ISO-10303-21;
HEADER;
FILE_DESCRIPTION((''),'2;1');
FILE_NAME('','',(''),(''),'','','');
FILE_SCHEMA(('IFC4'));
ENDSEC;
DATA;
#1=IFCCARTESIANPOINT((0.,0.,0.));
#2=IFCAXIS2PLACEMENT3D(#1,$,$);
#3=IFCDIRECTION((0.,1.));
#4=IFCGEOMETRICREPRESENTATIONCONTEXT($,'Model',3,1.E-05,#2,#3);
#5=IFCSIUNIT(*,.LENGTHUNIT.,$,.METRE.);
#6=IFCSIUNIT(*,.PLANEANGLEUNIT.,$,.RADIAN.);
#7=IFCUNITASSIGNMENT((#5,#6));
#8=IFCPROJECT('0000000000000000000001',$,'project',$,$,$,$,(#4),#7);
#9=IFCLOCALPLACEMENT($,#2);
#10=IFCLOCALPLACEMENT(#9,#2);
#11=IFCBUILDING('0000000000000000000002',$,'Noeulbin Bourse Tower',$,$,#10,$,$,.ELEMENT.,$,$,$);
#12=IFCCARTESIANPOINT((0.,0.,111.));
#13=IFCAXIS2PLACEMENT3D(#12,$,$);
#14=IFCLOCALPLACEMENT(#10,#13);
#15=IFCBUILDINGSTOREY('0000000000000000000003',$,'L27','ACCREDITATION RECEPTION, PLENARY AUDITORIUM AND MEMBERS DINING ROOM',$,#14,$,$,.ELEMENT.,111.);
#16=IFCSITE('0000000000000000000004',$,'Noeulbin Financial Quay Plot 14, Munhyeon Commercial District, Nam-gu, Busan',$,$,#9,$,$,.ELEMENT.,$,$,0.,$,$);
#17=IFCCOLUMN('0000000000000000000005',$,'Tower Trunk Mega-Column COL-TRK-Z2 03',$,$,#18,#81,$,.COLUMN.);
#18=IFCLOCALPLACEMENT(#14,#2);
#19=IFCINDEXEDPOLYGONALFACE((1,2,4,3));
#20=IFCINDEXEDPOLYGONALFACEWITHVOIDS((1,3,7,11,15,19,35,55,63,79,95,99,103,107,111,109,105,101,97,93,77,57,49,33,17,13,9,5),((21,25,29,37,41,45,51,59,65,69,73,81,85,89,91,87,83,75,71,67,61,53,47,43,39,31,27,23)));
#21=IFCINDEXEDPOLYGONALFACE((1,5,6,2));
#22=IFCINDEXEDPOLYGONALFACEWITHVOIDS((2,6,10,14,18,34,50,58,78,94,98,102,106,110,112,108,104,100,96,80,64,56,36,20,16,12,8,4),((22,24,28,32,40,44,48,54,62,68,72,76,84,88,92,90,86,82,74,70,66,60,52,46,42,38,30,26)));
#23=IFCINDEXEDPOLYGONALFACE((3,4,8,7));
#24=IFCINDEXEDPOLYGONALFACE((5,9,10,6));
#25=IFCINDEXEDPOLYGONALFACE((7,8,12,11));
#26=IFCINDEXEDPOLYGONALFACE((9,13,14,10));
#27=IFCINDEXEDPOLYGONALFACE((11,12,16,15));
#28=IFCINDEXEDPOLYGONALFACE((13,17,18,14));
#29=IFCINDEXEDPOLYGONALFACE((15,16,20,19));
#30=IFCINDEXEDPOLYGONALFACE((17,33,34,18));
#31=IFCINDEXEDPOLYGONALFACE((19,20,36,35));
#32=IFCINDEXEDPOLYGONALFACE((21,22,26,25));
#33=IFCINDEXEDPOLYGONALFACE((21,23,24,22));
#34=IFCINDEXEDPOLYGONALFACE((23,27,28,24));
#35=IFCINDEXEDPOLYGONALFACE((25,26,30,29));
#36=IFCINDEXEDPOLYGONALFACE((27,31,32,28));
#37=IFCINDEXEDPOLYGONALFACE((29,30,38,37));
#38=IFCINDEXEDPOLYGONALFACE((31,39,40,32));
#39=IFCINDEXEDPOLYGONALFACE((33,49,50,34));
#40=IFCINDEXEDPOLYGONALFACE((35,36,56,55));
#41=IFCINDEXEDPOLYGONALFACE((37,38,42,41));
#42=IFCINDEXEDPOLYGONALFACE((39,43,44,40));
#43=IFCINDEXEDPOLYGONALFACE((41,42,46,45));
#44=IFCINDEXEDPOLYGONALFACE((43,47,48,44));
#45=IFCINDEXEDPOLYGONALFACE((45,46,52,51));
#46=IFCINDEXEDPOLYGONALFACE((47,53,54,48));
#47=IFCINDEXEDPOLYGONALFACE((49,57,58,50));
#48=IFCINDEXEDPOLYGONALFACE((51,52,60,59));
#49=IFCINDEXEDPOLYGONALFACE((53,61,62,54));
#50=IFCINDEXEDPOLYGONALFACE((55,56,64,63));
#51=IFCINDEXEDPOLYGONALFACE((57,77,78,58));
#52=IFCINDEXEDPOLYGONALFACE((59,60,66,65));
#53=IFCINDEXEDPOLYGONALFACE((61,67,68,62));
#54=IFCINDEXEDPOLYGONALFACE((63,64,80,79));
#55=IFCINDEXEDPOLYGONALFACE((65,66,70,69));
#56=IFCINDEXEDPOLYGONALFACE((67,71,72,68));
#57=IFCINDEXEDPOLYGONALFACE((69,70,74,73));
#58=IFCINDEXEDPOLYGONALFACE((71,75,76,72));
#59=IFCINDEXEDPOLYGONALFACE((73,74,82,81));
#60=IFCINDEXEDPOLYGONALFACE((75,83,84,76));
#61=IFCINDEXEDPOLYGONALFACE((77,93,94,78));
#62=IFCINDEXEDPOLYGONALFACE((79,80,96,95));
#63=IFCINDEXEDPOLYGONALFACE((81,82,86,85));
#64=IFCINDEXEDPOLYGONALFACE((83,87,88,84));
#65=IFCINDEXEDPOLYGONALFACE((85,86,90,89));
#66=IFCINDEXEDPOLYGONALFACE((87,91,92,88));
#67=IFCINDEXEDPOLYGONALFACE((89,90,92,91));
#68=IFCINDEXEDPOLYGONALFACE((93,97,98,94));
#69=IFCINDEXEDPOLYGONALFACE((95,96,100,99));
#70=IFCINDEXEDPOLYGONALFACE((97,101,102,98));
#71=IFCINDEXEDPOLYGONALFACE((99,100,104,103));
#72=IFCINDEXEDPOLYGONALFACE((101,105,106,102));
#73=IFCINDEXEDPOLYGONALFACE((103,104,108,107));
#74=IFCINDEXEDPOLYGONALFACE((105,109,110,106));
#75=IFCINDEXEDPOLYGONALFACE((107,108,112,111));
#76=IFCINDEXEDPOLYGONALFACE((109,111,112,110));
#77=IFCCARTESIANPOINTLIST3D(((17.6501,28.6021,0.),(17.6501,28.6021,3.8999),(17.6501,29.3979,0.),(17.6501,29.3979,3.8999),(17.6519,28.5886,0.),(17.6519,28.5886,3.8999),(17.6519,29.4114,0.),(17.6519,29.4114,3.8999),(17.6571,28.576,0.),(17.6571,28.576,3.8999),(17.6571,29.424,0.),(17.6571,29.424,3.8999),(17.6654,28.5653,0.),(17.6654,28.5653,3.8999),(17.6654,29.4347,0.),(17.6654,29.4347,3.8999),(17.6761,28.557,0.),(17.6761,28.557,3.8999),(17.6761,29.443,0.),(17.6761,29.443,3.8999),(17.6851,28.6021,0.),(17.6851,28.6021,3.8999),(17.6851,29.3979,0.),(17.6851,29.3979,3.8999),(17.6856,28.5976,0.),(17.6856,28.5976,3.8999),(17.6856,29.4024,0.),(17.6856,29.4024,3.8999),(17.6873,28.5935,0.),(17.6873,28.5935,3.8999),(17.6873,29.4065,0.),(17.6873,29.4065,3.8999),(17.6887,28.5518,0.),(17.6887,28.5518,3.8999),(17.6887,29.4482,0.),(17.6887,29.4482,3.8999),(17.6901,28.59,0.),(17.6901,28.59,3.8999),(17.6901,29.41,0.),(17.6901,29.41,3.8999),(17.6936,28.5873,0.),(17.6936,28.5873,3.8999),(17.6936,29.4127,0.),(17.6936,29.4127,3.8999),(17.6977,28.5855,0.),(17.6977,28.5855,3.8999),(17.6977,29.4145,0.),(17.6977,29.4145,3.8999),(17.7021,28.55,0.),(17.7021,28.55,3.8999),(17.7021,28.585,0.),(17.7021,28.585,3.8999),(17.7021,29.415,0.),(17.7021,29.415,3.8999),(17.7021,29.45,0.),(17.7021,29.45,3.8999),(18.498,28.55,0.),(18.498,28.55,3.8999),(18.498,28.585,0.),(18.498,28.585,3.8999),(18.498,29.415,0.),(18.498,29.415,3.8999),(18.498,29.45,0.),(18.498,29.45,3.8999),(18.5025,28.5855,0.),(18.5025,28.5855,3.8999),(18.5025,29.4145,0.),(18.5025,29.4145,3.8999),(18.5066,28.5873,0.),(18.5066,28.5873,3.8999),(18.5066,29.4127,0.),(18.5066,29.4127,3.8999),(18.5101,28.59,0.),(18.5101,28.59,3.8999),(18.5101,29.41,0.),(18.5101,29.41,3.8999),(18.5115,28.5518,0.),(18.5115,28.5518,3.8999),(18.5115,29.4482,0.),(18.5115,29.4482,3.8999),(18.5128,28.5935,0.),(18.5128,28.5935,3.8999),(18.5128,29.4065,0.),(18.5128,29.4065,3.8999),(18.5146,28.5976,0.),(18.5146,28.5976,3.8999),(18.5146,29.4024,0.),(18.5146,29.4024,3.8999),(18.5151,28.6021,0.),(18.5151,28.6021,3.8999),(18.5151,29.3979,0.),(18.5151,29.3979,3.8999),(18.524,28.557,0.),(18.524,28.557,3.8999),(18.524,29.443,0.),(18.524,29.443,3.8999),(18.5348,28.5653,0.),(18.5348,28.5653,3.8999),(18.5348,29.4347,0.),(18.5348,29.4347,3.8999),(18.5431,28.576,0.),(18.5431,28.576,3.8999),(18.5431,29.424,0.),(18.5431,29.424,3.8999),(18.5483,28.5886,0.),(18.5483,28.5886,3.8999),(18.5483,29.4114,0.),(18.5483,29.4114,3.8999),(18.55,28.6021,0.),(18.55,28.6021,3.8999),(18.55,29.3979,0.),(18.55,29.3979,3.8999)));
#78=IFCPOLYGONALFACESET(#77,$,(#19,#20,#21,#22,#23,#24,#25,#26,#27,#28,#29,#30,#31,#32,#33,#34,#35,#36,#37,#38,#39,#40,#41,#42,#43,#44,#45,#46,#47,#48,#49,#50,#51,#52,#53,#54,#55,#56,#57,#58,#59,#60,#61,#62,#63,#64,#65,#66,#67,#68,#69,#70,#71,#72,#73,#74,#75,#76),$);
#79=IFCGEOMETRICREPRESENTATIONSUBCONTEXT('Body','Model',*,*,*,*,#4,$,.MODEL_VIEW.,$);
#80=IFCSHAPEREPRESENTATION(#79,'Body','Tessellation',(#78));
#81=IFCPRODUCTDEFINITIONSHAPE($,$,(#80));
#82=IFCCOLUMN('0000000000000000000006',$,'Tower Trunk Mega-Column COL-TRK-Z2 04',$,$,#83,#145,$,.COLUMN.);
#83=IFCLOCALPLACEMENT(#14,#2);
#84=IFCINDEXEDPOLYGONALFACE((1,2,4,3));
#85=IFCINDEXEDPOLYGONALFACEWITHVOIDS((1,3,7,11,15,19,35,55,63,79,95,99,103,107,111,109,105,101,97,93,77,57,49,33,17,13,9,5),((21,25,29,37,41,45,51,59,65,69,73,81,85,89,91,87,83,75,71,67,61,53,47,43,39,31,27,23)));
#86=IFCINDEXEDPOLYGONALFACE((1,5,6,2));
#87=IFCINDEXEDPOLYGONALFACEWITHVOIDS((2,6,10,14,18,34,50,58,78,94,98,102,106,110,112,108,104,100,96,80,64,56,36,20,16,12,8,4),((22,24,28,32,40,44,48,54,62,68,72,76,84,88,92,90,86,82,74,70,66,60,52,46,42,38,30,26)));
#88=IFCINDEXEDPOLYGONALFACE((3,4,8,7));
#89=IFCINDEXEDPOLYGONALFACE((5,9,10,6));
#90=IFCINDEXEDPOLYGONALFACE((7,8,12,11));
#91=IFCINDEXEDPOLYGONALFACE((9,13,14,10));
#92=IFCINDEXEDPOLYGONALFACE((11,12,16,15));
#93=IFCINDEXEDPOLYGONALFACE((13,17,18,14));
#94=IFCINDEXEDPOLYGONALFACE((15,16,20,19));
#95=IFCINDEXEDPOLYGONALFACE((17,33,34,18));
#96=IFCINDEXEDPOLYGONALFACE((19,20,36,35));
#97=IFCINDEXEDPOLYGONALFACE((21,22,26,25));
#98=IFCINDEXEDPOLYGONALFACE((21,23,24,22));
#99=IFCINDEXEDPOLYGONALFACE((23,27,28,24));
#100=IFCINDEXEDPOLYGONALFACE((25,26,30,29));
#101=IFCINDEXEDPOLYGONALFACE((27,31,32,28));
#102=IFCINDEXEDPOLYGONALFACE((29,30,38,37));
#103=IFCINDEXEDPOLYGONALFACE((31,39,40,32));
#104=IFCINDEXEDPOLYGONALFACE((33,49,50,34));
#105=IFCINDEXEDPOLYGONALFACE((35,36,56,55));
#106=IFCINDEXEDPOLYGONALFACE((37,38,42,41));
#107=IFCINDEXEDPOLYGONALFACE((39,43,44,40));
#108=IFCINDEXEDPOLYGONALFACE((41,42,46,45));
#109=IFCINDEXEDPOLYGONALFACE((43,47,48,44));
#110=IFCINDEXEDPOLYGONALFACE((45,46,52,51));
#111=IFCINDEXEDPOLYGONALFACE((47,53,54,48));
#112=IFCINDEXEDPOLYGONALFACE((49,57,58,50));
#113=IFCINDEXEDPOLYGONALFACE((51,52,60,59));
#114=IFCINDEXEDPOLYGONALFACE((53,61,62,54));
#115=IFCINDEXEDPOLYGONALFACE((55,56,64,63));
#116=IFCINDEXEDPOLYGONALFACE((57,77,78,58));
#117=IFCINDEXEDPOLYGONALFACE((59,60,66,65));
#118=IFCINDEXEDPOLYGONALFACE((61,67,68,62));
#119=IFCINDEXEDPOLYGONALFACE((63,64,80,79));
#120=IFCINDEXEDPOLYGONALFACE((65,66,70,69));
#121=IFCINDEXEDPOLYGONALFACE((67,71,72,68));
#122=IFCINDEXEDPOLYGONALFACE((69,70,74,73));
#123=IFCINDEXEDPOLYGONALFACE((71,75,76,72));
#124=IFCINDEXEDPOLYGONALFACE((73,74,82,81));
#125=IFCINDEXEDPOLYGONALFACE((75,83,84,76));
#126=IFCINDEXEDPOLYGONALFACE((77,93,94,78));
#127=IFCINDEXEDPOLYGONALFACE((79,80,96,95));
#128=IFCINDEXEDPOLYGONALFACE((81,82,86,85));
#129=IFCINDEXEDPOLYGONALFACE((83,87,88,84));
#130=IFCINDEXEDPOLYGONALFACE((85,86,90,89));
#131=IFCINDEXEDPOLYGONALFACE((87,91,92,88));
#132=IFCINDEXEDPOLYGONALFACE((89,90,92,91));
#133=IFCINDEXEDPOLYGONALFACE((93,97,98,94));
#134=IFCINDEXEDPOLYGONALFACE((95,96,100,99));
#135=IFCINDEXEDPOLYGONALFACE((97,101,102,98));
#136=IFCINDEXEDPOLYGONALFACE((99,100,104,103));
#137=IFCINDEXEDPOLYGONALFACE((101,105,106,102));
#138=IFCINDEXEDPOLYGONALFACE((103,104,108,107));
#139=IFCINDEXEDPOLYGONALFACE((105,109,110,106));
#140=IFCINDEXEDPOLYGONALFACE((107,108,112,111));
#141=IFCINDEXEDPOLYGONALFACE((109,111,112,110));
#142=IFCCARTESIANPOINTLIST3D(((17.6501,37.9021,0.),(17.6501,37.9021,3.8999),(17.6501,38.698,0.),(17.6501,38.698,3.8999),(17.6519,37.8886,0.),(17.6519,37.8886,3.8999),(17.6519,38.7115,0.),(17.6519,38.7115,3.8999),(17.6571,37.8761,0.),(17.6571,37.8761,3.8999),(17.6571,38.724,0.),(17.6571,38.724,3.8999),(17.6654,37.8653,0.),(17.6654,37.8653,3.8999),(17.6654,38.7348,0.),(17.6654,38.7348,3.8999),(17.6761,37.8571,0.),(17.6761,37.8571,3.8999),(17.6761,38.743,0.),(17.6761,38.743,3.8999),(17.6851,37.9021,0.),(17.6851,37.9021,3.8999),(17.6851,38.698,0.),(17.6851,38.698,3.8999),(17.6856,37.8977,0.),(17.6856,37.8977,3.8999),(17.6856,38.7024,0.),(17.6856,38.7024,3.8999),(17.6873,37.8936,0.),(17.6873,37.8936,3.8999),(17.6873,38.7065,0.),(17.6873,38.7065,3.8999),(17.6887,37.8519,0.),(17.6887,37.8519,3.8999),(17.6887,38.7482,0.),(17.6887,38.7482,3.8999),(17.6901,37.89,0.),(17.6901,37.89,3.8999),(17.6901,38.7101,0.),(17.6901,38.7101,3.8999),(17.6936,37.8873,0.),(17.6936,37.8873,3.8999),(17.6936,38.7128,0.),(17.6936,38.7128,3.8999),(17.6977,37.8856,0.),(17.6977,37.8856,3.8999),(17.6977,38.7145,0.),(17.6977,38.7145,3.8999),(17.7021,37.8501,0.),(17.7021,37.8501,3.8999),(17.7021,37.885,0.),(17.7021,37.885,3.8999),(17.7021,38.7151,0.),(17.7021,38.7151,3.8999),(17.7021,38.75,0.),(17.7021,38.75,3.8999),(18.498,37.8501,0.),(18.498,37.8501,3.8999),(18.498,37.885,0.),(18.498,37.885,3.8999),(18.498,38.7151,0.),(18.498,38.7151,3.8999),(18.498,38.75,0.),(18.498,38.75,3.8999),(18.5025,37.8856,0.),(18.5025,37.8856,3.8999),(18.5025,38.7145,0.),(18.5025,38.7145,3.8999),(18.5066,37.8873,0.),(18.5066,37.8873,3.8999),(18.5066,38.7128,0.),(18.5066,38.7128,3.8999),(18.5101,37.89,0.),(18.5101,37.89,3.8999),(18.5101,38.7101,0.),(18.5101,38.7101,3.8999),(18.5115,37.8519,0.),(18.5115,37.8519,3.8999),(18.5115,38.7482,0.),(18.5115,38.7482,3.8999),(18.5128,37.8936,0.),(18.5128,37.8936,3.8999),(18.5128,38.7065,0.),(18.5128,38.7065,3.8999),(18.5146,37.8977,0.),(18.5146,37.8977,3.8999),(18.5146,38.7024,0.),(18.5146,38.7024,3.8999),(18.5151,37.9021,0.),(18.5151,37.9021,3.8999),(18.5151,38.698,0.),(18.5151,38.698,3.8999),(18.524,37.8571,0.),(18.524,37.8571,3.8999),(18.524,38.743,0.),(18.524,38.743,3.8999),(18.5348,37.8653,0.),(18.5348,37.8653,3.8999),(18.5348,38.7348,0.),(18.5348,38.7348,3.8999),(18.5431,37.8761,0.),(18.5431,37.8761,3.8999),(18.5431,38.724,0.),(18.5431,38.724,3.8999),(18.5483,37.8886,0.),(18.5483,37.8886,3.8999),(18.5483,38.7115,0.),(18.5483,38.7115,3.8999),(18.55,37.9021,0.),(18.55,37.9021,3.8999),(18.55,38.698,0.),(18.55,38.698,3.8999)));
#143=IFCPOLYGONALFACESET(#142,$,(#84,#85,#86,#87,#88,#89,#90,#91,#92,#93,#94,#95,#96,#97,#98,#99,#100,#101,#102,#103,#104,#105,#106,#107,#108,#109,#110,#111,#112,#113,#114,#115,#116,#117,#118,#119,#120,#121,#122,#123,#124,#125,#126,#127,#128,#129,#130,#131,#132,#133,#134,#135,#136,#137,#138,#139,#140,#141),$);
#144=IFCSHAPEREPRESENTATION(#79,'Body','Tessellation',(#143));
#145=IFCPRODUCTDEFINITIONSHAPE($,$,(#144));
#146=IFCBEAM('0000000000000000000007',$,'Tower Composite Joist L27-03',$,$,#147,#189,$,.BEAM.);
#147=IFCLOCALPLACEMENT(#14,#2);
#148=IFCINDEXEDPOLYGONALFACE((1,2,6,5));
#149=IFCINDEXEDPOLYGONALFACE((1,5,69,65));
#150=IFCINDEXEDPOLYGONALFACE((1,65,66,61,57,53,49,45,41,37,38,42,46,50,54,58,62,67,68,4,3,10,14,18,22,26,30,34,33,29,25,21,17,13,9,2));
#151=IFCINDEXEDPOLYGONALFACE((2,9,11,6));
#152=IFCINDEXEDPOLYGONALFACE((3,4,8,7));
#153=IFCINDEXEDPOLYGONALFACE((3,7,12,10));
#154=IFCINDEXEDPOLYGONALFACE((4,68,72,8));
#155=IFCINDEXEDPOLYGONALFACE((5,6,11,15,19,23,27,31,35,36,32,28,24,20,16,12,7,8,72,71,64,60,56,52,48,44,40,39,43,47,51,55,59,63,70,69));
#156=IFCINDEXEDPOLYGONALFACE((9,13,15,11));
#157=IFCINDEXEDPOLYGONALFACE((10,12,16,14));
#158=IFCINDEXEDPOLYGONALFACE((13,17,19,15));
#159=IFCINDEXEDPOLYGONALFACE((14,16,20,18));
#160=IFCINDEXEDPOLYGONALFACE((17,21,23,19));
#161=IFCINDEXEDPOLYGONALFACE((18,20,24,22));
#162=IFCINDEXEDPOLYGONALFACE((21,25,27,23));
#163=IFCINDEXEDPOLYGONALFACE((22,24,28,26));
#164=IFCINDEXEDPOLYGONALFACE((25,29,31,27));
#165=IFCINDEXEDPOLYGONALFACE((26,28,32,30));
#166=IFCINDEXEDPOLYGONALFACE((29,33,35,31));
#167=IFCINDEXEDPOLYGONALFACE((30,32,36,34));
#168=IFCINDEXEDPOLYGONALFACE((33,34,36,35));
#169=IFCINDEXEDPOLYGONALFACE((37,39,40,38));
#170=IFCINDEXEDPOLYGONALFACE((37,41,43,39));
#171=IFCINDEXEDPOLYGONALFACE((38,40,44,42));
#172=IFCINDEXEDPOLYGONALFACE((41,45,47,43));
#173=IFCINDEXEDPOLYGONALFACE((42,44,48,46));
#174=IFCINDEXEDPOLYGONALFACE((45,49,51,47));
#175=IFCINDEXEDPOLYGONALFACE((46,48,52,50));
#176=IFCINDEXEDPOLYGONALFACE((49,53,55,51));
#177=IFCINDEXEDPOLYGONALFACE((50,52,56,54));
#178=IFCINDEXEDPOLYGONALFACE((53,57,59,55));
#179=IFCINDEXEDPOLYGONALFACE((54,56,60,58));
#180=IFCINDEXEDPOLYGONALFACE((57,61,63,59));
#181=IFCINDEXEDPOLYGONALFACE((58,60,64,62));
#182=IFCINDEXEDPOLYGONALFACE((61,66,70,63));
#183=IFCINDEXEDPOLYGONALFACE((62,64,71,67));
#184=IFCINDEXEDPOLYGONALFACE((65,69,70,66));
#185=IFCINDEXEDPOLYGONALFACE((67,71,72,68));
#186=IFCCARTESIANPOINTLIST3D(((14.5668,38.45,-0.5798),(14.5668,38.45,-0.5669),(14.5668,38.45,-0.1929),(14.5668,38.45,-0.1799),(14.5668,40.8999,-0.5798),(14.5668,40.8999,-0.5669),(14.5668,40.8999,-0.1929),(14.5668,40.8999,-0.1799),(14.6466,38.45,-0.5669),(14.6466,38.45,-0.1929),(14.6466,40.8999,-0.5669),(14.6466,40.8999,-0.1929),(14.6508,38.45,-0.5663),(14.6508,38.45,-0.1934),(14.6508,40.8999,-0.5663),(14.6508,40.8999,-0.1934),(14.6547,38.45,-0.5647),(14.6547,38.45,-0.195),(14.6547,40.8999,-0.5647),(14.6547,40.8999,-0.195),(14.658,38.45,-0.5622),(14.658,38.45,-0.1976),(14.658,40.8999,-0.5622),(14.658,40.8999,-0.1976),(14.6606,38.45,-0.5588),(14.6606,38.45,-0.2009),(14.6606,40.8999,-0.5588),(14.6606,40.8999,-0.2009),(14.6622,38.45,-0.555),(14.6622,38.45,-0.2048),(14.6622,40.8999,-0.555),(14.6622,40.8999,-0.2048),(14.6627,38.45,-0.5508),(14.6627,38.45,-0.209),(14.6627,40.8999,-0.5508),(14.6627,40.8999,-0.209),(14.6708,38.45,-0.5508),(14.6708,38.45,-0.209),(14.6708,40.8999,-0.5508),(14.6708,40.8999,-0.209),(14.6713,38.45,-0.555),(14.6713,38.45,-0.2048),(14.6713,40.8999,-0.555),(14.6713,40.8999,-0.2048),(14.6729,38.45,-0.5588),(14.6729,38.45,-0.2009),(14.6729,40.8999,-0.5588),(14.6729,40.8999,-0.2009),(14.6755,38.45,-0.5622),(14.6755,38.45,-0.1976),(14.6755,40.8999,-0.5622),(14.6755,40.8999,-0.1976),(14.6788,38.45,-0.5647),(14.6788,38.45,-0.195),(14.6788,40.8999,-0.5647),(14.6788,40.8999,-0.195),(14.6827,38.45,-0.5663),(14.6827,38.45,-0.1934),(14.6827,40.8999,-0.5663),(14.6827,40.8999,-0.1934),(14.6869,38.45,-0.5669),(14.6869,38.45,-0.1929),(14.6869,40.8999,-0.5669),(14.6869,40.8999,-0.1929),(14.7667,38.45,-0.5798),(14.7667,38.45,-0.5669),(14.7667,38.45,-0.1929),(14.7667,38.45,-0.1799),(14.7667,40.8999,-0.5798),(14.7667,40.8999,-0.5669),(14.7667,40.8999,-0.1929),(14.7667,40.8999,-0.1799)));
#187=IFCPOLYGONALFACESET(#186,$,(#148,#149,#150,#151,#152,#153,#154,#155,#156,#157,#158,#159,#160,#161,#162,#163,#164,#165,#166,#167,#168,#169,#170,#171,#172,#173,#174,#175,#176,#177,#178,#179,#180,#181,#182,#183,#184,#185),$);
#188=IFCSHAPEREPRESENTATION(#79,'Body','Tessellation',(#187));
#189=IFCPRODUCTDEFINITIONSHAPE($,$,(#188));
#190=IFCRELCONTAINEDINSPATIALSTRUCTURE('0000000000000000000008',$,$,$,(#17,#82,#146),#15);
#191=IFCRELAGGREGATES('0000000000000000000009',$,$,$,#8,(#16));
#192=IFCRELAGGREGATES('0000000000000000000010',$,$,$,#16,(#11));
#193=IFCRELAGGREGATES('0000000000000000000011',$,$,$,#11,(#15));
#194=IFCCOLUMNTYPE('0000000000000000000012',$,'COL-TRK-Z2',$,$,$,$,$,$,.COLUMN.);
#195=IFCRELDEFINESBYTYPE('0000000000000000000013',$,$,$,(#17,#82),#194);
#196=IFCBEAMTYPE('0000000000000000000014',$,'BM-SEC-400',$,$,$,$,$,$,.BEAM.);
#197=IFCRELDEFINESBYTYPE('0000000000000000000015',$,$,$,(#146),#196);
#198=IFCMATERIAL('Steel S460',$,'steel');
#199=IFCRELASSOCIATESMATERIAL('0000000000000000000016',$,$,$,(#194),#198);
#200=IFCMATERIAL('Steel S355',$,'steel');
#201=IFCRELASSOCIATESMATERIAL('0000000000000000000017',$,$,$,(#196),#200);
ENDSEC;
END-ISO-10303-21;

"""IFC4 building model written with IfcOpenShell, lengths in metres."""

from ifc_helpers import new_model, si_unit, direction, frame, origin, origin_2d, place, context, subcontext, project, spatial, hollow_rectangle, i_section, extrude, material, material_profile, profile_set, type_object, element, save


model = new_model("IFC4")

# Units and contexts
model_context = context("Model", 3, precision=1e-05, world=origin(), true_north=direction((0.0, 1.0)))
body_context = subcontext(model_context, "Body", "Model", "MODEL_VIEW")
ifc_project = project(units=[si_unit("LENGTHUNIT", "METRE"), si_unit("PLANEANGLEUNIT", "RADIAN")], contexts=[model_context])

# Site, building, storey
site_placement = place(None, origin())
site = spatial("IfcSite", under=ifc_project, at=site_placement, Name="Noeulbin Financial Quay Plot 14, Munhyeon Commercial District, Nam-gu, Busan", CompositionType="ELEMENT", RefElevation=0.0)
building_placement = place(site_placement, origin())
building = spatial("IfcBuilding", under=site, at=building_placement, Name="Noeulbin Bourse Tower", CompositionType="ELEMENT")
storey_placement = place(building_placement, frame((0.0, 0.0, 111.0)))
storey = spatial("IfcBuildingStorey", under=building, at=storey_placement, Name="L27", Description="ACCREDITATION RECEPTION, PLENARY AUDITORIUM AND MEMBERS DINING ROOM", CompositionType="ELEMENT", Elevation=111.0)

# Columns
ifc_material_1 = material(Name="Steel S460", Category="steel")
ifc_material_profile_1 = material_profile(ifc_material_1, hollow_rectangle(XDim=0.8999, YDim=0.8999, WallThickness=0.0349, InnerFilletRadius=0.0171, OuterFilletRadius=0.052, at=origin_2d()), Name="BOX-900x900x35", Category="LoadBearing")
ifc_profile_set_1 = profile_set([ifc_material_profile_1], Name="Steel S460")
column_type = type_object("IfcColumnType", Name="COL-TRK-Z2", PredefinedType="COLUMN", material=ifc_profile_set_1)
for number, where, z_axis, x_axis, name in (
    (1, (18.1001, 29.0, 0.0), (0.0, 0.0, 1.0), (1.0, 0.0, 0.0), "Tower Trunk Mega-Column COL-TRK-Z2 03"),
    (2, (18.1001, 38.3, 0.0), (0.0, 0.0, 1.0), (1.0, 0.0, 0.0), "Tower Trunk Mega-Column COL-TRK-Z2 04"),
):
    element("IfcColumn", number, at=place(storey_placement, frame(where, z_axis=z_axis, x_axis=x_axis)), inside=storey, type_object=column_type, Name=name, PredefinedType="COLUMN", context=body_context, shape_type="SweptSolid", body=[
        extrude(hollow_rectangle(XDim=0.8999, YDim=0.8999, WallThickness=0.0349, InnerFilletRadius=0.0171, OuterFilletRadius=0.052, at=origin_2d()), origin(), (0.0, 0.0, 1.0), 3.8999),
    ])

# Beam
ifc_material_2 = material(Name="Steel S355", Category="steel")
ifc_material_profile_2 = material_profile(ifc_material_2, i_section(OverallWidth=0.2, OverallDepth=0.3999, WebThickness=0.0081, FlangeThickness=0.0129, FilletRadius=0.0161, at=origin_2d()), Name="H-400x200x8x13", Category="LoadBearing")
ifc_profile_set_2 = profile_set([ifc_material_profile_2], Name="Steel S355")
beam_type = type_object("IfcBeamType", Name="BM-SEC-400", PredefinedType="BEAM", material=ifc_profile_set_2)
for number, where, z_axis, x_axis, name in (
    (3, (14.6667, 38.45, -0.3799), (0.0, 1.0, 0.0), (-1.0, 0.0, 0.0), "Tower Composite Joist L27-03"),
):
    element("IfcBeam", number, at=place(storey_placement, frame(where, z_axis=z_axis, x_axis=x_axis)), inside=storey, type_object=beam_type, Name=name, PredefinedType="BEAM", context=body_context, shape_type="SweptSolid", body=[
        extrude(i_section(OverallWidth=0.2, OverallDepth=0.3999, WebThickness=0.0081, FlangeThickness=0.0129, FilletRadius=0.0161, at=origin_2d()), origin(), (0.0, 0.0, 1.0), 2.45),
    ])

save(model, "model.ifc")
